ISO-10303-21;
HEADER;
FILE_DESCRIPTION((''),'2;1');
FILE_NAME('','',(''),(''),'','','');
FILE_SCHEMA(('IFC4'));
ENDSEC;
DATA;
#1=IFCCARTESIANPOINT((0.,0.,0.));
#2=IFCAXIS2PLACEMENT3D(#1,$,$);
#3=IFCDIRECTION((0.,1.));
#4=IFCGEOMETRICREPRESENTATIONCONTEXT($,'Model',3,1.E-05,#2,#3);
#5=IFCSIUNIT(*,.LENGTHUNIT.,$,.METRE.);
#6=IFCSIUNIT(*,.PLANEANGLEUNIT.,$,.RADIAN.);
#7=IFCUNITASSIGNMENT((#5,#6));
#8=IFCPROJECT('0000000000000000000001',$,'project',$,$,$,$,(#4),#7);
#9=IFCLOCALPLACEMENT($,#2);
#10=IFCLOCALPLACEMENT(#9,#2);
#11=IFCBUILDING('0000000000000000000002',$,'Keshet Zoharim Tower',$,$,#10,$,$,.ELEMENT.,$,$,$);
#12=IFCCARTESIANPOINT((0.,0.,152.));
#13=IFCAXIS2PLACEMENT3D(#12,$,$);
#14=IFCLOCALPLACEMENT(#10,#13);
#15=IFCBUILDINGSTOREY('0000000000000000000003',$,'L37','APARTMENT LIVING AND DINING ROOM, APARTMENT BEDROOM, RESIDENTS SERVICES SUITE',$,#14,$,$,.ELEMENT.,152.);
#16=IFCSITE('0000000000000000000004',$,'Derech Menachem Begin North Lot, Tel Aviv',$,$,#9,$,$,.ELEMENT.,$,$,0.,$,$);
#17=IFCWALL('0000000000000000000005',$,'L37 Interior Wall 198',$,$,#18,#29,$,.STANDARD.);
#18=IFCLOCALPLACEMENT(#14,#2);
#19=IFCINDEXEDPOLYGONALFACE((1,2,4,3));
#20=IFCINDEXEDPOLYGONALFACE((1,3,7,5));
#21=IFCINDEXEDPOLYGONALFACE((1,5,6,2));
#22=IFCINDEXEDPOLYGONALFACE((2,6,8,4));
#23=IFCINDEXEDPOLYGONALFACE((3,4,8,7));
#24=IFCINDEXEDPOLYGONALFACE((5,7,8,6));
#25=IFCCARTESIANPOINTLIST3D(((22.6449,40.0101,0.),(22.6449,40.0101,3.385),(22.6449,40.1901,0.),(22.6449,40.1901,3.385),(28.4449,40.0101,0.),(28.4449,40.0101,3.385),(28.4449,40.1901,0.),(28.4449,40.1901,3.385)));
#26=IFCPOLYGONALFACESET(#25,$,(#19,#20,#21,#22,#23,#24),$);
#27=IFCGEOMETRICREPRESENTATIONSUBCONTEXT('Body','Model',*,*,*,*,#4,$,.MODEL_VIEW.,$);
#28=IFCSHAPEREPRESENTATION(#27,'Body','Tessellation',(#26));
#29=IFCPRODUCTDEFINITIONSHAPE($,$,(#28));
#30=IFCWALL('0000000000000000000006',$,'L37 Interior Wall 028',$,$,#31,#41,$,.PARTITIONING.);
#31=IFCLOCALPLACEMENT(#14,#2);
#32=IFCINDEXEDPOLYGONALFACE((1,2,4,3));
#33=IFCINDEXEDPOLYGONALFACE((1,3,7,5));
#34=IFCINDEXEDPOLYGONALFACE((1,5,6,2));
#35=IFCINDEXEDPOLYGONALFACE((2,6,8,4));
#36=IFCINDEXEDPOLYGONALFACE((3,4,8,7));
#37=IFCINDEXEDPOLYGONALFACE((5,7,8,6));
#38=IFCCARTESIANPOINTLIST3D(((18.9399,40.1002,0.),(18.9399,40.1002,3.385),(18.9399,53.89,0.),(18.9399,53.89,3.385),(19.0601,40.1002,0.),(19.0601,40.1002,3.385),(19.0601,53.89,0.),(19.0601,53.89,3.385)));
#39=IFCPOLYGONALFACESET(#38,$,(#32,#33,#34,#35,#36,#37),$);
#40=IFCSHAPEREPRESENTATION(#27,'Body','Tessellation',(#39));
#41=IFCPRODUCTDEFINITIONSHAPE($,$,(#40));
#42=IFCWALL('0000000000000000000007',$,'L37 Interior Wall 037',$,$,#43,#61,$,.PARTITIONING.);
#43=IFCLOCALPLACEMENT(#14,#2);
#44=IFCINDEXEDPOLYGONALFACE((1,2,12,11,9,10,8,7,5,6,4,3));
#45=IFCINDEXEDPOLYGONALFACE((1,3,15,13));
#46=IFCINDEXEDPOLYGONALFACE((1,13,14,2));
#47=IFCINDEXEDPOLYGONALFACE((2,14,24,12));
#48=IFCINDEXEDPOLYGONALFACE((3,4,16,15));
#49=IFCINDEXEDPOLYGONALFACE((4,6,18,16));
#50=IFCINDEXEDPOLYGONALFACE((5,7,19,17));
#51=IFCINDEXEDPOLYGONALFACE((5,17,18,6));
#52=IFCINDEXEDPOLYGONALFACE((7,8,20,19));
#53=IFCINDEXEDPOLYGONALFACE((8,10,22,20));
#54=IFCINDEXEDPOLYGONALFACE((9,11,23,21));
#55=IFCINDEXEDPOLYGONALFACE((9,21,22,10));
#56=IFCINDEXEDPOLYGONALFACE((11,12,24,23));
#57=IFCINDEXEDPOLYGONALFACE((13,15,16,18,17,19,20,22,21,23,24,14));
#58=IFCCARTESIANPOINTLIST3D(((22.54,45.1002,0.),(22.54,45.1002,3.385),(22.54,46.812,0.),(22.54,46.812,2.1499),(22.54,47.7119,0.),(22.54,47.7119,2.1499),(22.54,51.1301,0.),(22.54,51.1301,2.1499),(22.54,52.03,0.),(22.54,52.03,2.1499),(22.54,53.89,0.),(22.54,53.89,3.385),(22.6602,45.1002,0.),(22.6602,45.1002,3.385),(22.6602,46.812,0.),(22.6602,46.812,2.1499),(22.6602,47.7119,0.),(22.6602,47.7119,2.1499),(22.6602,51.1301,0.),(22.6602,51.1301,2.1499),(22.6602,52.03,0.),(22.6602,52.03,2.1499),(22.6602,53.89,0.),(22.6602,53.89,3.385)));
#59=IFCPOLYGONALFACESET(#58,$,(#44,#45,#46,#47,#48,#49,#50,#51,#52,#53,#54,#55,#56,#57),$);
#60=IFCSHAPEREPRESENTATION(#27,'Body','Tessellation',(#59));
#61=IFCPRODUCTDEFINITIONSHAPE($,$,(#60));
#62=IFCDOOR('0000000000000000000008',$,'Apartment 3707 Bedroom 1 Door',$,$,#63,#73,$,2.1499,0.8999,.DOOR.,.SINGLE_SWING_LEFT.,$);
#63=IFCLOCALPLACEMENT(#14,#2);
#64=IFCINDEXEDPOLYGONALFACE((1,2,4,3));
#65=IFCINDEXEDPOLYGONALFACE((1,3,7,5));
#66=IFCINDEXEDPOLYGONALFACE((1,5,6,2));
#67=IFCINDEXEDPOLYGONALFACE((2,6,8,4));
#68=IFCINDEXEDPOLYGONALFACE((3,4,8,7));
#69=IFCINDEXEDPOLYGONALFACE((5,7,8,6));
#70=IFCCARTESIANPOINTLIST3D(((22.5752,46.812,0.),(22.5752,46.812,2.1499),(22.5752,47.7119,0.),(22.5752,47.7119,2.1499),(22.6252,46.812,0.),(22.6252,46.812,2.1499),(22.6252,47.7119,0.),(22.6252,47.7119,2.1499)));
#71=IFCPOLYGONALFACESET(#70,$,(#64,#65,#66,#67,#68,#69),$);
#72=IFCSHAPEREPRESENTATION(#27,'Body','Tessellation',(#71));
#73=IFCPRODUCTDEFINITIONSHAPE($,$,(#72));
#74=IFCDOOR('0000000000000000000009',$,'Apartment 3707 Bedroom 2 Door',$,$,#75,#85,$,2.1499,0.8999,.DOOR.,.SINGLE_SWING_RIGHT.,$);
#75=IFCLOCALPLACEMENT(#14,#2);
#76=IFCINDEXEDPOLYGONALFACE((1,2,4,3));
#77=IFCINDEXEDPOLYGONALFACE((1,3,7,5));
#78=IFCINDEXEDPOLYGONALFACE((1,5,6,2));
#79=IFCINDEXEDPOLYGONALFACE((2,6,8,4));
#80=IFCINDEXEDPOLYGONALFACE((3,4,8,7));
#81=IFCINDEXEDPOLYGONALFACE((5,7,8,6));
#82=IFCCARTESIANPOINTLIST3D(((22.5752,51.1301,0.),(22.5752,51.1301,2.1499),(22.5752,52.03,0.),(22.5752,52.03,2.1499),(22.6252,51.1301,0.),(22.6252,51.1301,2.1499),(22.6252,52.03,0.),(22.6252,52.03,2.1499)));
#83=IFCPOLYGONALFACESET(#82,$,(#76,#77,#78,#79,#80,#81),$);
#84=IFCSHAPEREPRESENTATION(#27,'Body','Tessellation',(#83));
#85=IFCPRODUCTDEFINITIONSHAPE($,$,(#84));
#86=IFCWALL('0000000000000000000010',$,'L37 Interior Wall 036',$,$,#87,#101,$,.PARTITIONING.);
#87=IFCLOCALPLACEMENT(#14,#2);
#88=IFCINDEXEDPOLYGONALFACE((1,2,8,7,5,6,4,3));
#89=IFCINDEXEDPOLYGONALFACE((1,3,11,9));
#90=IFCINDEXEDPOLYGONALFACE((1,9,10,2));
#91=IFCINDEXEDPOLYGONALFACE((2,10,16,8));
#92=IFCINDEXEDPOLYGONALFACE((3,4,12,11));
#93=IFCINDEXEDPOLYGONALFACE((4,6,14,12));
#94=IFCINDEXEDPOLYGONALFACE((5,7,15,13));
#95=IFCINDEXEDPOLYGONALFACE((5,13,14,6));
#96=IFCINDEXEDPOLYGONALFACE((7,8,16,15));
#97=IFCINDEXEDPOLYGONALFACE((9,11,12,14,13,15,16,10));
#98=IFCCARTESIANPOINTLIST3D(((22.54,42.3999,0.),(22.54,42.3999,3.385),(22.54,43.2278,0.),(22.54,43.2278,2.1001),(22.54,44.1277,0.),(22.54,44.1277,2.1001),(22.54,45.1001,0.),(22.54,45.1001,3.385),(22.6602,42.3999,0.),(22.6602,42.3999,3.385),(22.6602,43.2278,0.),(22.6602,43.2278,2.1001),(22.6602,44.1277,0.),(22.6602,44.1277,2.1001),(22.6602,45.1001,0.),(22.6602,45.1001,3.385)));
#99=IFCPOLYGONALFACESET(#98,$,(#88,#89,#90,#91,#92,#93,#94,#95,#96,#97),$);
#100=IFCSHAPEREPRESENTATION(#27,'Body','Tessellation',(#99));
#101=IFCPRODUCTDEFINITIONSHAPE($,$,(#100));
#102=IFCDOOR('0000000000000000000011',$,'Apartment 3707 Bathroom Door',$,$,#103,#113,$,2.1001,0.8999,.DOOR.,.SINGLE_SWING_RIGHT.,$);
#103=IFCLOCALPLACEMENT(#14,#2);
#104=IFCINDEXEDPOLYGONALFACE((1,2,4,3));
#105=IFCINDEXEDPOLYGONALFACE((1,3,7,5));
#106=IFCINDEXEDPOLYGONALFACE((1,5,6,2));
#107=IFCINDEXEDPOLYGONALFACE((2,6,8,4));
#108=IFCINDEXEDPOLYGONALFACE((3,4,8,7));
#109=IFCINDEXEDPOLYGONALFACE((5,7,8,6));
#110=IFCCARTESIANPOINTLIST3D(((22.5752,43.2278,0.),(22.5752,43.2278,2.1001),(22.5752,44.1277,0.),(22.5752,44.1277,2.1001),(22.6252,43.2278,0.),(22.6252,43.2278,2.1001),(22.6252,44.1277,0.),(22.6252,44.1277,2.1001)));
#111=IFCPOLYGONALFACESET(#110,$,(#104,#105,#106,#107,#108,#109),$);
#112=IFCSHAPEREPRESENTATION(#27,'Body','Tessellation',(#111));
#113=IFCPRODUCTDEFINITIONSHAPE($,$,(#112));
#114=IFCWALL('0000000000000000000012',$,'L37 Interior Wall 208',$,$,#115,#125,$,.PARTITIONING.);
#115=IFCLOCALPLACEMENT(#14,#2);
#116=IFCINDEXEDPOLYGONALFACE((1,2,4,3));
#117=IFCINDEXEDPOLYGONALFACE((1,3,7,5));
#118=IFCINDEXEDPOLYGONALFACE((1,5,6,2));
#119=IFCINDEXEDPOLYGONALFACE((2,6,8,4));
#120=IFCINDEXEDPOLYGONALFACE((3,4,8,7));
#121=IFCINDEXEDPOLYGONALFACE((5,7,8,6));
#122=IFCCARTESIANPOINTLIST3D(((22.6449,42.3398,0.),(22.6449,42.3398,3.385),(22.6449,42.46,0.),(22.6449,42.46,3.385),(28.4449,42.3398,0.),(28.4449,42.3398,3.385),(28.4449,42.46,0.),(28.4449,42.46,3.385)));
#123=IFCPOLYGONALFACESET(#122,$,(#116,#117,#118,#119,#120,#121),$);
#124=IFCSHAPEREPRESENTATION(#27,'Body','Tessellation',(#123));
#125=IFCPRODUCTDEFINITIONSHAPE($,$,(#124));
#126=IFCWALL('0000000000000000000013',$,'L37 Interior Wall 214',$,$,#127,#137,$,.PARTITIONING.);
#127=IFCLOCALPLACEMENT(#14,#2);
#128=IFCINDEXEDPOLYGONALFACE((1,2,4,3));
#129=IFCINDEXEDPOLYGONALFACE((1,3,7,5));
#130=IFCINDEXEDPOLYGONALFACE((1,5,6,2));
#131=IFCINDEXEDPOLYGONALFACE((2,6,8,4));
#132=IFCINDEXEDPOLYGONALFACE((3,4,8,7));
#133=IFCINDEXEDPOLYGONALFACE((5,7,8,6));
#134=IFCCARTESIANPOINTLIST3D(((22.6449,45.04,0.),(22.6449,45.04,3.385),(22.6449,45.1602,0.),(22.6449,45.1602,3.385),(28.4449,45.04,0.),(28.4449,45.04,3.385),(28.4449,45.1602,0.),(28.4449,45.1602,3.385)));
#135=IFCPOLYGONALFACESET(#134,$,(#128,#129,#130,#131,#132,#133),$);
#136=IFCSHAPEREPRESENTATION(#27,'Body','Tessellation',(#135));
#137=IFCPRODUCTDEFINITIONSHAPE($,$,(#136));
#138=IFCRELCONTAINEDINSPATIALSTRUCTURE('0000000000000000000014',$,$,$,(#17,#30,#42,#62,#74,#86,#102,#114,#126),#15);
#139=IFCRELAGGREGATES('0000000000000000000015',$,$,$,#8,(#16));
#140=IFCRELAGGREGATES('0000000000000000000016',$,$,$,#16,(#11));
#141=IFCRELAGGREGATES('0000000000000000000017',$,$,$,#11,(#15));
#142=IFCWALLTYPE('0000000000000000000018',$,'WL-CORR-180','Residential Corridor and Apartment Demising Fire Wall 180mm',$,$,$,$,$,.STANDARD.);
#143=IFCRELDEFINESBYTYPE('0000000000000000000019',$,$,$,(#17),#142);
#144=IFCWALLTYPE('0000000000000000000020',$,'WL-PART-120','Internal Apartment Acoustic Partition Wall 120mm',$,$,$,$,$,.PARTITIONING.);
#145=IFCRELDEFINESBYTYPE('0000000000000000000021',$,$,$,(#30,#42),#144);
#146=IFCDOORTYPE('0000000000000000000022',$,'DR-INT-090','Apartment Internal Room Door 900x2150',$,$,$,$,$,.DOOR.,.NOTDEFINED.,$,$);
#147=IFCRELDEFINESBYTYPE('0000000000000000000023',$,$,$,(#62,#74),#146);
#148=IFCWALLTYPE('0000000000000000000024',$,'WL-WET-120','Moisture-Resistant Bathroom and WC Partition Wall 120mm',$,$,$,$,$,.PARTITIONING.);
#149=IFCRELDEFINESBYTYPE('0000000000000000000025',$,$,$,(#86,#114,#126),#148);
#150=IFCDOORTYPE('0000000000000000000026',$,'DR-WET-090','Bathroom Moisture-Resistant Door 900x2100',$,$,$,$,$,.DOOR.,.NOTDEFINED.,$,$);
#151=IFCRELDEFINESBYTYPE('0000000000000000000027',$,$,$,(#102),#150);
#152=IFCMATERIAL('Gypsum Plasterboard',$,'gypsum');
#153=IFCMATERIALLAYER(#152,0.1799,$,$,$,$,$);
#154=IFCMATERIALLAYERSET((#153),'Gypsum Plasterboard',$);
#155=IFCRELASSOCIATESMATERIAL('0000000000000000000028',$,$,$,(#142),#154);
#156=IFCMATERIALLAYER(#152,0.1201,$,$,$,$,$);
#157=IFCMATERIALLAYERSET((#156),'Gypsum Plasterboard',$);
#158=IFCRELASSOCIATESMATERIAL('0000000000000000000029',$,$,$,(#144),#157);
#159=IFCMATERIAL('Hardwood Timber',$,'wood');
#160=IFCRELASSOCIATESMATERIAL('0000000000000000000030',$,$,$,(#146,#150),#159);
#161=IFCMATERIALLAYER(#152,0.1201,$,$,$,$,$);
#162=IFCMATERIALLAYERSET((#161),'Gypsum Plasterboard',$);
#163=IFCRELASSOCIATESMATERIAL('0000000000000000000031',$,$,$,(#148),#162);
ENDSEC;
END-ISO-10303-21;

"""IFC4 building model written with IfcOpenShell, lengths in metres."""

from ifc_helpers import new_model, si_unit, direction, frame, frame_2d, origin, place, context, subcontext, project, spatial, rectangle, extrude, material, layer, layer_set, type_object, element, fill, save


model = new_model("IFC4")

# Units and contexts
model_context = context("Model", 3, precision=1e-05, world=origin(), true_north=direction((0.0, 1.0)))
body_context = subcontext(model_context, "Body", "Model", "MODEL_VIEW")
ifc_project = project(units=[si_unit("LENGTHUNIT", "METRE"), si_unit("PLANEANGLEUNIT", "RADIAN")], contexts=[model_context])

# Site, building, storey
site_placement = place(None, origin())
site = spatial("IfcSite", under=ifc_project, at=site_placement, Name="Derech Menachem Begin North Lot, Tel Aviv", CompositionType="ELEMENT", RefElevation=0.0)
building_placement = place(site_placement, origin())
building = spatial("IfcBuilding", under=site, at=building_placement, Name="Keshet Zoharim Tower", CompositionType="ELEMENT")
storey_placement = place(building_placement, frame((0.0, 0.0, 152.0)))
storey = spatial("IfcBuildingStorey", under=building, at=storey_placement, Name="L37", Description="APARTMENT LIVING AND DINING ROOM, APARTMENT BEDROOM, RESIDENTS SERVICES SUITE", CompositionType="ELEMENT", Elevation=152.0)

# Shared definitions
ifc_material_1 = material(Name="Gypsum Plasterboard", Category="gypsum")

# Shared definitions
ifc_layer_1 = layer(ifc_material_1, 0.1799)
ifc_layer_set_1 = layer_set([ifc_layer_1], Name="Gypsum Plasterboard")
wall_type_1 = type_object("IfcWallType", Name="WL-CORR-180", Description="Residential Corridor and Apartment Demising Fire Wall 180mm", PredefinedType="STANDARD", material=ifc_layer_set_1)
ifc_material_2 = material(Name="Hardwood Timber", Category="wood")

# Walls
wall_1_placement = place(storey_placement, frame((22.645, 40.1001, 0.0), z_axis=(0.0, 0.0, 1.0), x_axis=(1.0, 0.0, 0.0)))
element("IfcWall", 1, at=wall_1_placement, inside=storey, type_object=wall_type_1, Name="L37 Interior Wall 198", PredefinedType="STANDARD", context=body_context, shape_type="SweptSolid", body=[
    extrude(rectangle(XDim=5.8, YDim=0.1799, at=frame_2d((2.8999, 0.0))), origin(), (0.0, 0.0, 1.0), 3.385),
])
ifc_layer_2 = layer(ifc_material_1, 0.1201)
ifc_layer_set_2 = layer_set([ifc_layer_2], Name="Gypsum Plasterboard")
wall_type_2 = type_object("IfcWallType", Name="WL-PART-120", Description="Internal Apartment Acoustic Partition Wall 120mm", PredefinedType="PARTITIONING", material=ifc_layer_set_2)
wall_2_placement = place(storey_placement, frame((19.0, 40.1001, 0.0), z_axis=(0.0, 0.0, 1.0), x_axis=(0.0, 1.0, 0.0)))
element("IfcWall", 2, at=wall_2_placement, inside=storey, type_object=wall_type_2, Name="L37 Interior Wall 028", PredefinedType="PARTITIONING", context=body_context, shape_type="SweptSolid", body=[
    extrude(rectangle(XDim=13.7898, YDim=0.1201, at=frame_2d((6.895, 0.0))), origin(), (0.0, 0.0, 1.0), 3.385),
])

# Shared definitions
door_type_1 = type_object("IfcDoorType", Name="DR-INT-090", Description="Apartment Internal Room Door 900x2150", OperationType="NOTDEFINED", PredefinedType="DOOR", material=ifc_material_2)

# Wall, openings, doors
wall_3_placement = place(storey_placement, frame((22.6001, 45.1001, 0.0), z_axis=(0.0, 0.0, 1.0), x_axis=(0.0, 1.0, 0.0)))
wall_3 = element("IfcWall", 3, at=wall_3_placement, inside=storey, type_object=wall_type_2, Name="L37 Interior Wall 037", PredefinedType="PARTITIONING", context=body_context, shape_type="SweptSolid", body=[
    extrude(rectangle(XDim=8.7898, YDim=0.1201, at=frame_2d((4.395, 0.0))), origin(), (0.0, 0.0, 1.0), 3.385),
])
opening_1_placement = place(wall_3_placement, frame((1.7119, 0.0, 0.0)))
opening_1 = element("IfcOpeningElement", 4, at=opening_1_placement, cuts=wall_3, PredefinedType="OPENING", context=body_context, shape_type="SweptSolid", body=[
    extrude(rectangle(XDim=0.8999, YDim=2.1499, at=frame_2d((0.45, 1.075))), frame((0.0, 0.0701, 0.0), z_axis=(0.0, -1.0, 0.0), x_axis=(1.0, 0.0, 0.0)), (0.0, 0.0, 1.0), 0.1401),
])
opening_2_placement = place(wall_3_placement, frame((6.03, 0.0, 0.0)))
opening_2 = element("IfcOpeningElement", 5, at=opening_2_placement, cuts=wall_3, PredefinedType="OPENING", context=body_context, shape_type="SweptSolid", body=[
    extrude(rectangle(XDim=0.8999, YDim=2.1499, at=frame_2d((0.45, 1.075))), frame((0.0, 0.0701, 0.0), z_axis=(0.0, -1.0, 0.0), x_axis=(1.0, 0.0, 0.0)), (0.0, 0.0, 1.0), 0.1401),
])
door_1_placement = place(opening_1_placement, origin())
door_1 = element("IfcDoor", 6, at=door_1_placement, inside=storey, type_object=door_type_1, Name="Apartment 3707 Bedroom 1 Door", OperationType="SINGLE_SWING_LEFT", OverallHeight=2.1499, OverallWidth=0.8999, PredefinedType="DOOR", context=body_context, shape_type="SweptSolid", body=[
    extrude(rectangle(XDim=0.8999, YDim=2.1499, at=frame_2d((0.45, 1.075))), frame((0.0, 0.0249, 0.0), z_axis=(0.0, -1.0, 0.0), x_axis=(1.0, 0.0, 0.0)), (0.0, 0.0, 1.0), 0.05),
])
fill(opening_1, door_1)
door_2_placement = place(opening_2_placement, origin())
door_2 = element("IfcDoor", 7, at=door_2_placement, inside=storey, type_object=door_type_1, Name="Apartment 3707 Bedroom 2 Door", OperationType="SINGLE_SWING_RIGHT", OverallHeight=2.1499, OverallWidth=0.8999, PredefinedType="DOOR", context=body_context, shape_type="SweptSolid", body=[
    extrude(rectangle(XDim=0.8999, YDim=2.1499, at=frame_2d((0.45, 1.075))), frame((0.0, 0.0249, 0.0), z_axis=(0.0, -1.0, 0.0), x_axis=(1.0, 0.0, 0.0)), (0.0, 0.0, 1.0), 0.05),
])
fill(opening_2, door_2)

# Wall, opening, door
ifc_layer_3 = layer(ifc_material_1, 0.1201)
ifc_layer_set_3 = layer_set([ifc_layer_3], Name="Gypsum Plasterboard")
wall_type_3 = type_object("IfcWallType", Name="WL-WET-120", Description="Moisture-Resistant Bathroom and WC Partition Wall 120mm", PredefinedType="PARTITIONING", material=ifc_layer_set_3)
wall_4_placement = place(storey_placement, frame((22.6001, 42.3999, 0.0), z_axis=(0.0, 0.0, 1.0), x_axis=(0.0, 1.0, 0.0)))
wall_4 = element("IfcWall", 8, at=wall_4_placement, inside=storey, type_object=wall_type_3, Name="L37 Interior Wall 036", PredefinedType="PARTITIONING", context=body_context, shape_type="SweptSolid", body=[
    extrude(rectangle(XDim=2.7002, YDim=0.1201, at=frame_2d((1.3501, 0.0))), origin(), (0.0, 0.0, 1.0), 3.385),
])
opening_3_placement = place(wall_4_placement, frame((0.8279, 0.0, 0.0)))
opening_3 = element("IfcOpeningElement", 9, at=opening_3_placement, cuts=wall_4, PredefinedType="OPENING", context=body_context, shape_type="SweptSolid", body=[
    extrude(rectangle(XDim=0.8999, YDim=2.1001, at=frame_2d((0.45, 1.05))), frame((0.0, 0.0701, 0.0), z_axis=(0.0, -1.0, 0.0), x_axis=(1.0, 0.0, 0.0)), (0.0, 0.0, 1.0), 0.1401),
])
door_type_2 = type_object("IfcDoorType", Name="DR-WET-090", Description="Bathroom Moisture-Resistant Door 900x2100", OperationType="NOTDEFINED", PredefinedType="DOOR", material=ifc_material_2)
door_3_placement = place(opening_3_placement, origin())
door_3 = element("IfcDoor", 10, at=door_3_placement, inside=storey, type_object=door_type_2, Name="Apartment 3707 Bathroom Door", OperationType="SINGLE_SWING_RIGHT", OverallHeight=2.1001, OverallWidth=0.8999, PredefinedType="DOOR", context=body_context, shape_type="SweptSolid", body=[
    extrude(rectangle(XDim=0.8999, YDim=2.1001, at=frame_2d((0.45, 1.05))), frame((0.0, 0.0249, 0.0), z_axis=(0.0, -1.0, 0.0), x_axis=(1.0, 0.0, 0.0)), (0.0, 0.0, 1.0), 0.05),
])
fill(opening_3, door_3)

# Walls
for number, where, z_axis, x_axis, name in (
    (11, (22.645, 42.3999, 0.0), (0.0, 0.0, 1.0), (1.0, 0.0, 0.0), "L37 Interior Wall 208"),
    (12, (22.645, 45.1001, 0.0), (0.0, 0.0, 1.0), (1.0, 0.0, 0.0), "L37 Interior Wall 214"),
):
    element("IfcWall", number, at=place(storey_placement, frame(where, z_axis=z_axis, x_axis=x_axis)), inside=storey, type_object=wall_type_3, Name=name, PredefinedType="PARTITIONING", context=body_context, shape_type="SweptSolid", body=[
        extrude(rectangle(XDim=5.8, YDim=0.1201, at=frame_2d((2.8999, 0.0))), origin(), (0.0, 0.0, 1.0), 3.385),
    ])

save(model, "model.ifc")
